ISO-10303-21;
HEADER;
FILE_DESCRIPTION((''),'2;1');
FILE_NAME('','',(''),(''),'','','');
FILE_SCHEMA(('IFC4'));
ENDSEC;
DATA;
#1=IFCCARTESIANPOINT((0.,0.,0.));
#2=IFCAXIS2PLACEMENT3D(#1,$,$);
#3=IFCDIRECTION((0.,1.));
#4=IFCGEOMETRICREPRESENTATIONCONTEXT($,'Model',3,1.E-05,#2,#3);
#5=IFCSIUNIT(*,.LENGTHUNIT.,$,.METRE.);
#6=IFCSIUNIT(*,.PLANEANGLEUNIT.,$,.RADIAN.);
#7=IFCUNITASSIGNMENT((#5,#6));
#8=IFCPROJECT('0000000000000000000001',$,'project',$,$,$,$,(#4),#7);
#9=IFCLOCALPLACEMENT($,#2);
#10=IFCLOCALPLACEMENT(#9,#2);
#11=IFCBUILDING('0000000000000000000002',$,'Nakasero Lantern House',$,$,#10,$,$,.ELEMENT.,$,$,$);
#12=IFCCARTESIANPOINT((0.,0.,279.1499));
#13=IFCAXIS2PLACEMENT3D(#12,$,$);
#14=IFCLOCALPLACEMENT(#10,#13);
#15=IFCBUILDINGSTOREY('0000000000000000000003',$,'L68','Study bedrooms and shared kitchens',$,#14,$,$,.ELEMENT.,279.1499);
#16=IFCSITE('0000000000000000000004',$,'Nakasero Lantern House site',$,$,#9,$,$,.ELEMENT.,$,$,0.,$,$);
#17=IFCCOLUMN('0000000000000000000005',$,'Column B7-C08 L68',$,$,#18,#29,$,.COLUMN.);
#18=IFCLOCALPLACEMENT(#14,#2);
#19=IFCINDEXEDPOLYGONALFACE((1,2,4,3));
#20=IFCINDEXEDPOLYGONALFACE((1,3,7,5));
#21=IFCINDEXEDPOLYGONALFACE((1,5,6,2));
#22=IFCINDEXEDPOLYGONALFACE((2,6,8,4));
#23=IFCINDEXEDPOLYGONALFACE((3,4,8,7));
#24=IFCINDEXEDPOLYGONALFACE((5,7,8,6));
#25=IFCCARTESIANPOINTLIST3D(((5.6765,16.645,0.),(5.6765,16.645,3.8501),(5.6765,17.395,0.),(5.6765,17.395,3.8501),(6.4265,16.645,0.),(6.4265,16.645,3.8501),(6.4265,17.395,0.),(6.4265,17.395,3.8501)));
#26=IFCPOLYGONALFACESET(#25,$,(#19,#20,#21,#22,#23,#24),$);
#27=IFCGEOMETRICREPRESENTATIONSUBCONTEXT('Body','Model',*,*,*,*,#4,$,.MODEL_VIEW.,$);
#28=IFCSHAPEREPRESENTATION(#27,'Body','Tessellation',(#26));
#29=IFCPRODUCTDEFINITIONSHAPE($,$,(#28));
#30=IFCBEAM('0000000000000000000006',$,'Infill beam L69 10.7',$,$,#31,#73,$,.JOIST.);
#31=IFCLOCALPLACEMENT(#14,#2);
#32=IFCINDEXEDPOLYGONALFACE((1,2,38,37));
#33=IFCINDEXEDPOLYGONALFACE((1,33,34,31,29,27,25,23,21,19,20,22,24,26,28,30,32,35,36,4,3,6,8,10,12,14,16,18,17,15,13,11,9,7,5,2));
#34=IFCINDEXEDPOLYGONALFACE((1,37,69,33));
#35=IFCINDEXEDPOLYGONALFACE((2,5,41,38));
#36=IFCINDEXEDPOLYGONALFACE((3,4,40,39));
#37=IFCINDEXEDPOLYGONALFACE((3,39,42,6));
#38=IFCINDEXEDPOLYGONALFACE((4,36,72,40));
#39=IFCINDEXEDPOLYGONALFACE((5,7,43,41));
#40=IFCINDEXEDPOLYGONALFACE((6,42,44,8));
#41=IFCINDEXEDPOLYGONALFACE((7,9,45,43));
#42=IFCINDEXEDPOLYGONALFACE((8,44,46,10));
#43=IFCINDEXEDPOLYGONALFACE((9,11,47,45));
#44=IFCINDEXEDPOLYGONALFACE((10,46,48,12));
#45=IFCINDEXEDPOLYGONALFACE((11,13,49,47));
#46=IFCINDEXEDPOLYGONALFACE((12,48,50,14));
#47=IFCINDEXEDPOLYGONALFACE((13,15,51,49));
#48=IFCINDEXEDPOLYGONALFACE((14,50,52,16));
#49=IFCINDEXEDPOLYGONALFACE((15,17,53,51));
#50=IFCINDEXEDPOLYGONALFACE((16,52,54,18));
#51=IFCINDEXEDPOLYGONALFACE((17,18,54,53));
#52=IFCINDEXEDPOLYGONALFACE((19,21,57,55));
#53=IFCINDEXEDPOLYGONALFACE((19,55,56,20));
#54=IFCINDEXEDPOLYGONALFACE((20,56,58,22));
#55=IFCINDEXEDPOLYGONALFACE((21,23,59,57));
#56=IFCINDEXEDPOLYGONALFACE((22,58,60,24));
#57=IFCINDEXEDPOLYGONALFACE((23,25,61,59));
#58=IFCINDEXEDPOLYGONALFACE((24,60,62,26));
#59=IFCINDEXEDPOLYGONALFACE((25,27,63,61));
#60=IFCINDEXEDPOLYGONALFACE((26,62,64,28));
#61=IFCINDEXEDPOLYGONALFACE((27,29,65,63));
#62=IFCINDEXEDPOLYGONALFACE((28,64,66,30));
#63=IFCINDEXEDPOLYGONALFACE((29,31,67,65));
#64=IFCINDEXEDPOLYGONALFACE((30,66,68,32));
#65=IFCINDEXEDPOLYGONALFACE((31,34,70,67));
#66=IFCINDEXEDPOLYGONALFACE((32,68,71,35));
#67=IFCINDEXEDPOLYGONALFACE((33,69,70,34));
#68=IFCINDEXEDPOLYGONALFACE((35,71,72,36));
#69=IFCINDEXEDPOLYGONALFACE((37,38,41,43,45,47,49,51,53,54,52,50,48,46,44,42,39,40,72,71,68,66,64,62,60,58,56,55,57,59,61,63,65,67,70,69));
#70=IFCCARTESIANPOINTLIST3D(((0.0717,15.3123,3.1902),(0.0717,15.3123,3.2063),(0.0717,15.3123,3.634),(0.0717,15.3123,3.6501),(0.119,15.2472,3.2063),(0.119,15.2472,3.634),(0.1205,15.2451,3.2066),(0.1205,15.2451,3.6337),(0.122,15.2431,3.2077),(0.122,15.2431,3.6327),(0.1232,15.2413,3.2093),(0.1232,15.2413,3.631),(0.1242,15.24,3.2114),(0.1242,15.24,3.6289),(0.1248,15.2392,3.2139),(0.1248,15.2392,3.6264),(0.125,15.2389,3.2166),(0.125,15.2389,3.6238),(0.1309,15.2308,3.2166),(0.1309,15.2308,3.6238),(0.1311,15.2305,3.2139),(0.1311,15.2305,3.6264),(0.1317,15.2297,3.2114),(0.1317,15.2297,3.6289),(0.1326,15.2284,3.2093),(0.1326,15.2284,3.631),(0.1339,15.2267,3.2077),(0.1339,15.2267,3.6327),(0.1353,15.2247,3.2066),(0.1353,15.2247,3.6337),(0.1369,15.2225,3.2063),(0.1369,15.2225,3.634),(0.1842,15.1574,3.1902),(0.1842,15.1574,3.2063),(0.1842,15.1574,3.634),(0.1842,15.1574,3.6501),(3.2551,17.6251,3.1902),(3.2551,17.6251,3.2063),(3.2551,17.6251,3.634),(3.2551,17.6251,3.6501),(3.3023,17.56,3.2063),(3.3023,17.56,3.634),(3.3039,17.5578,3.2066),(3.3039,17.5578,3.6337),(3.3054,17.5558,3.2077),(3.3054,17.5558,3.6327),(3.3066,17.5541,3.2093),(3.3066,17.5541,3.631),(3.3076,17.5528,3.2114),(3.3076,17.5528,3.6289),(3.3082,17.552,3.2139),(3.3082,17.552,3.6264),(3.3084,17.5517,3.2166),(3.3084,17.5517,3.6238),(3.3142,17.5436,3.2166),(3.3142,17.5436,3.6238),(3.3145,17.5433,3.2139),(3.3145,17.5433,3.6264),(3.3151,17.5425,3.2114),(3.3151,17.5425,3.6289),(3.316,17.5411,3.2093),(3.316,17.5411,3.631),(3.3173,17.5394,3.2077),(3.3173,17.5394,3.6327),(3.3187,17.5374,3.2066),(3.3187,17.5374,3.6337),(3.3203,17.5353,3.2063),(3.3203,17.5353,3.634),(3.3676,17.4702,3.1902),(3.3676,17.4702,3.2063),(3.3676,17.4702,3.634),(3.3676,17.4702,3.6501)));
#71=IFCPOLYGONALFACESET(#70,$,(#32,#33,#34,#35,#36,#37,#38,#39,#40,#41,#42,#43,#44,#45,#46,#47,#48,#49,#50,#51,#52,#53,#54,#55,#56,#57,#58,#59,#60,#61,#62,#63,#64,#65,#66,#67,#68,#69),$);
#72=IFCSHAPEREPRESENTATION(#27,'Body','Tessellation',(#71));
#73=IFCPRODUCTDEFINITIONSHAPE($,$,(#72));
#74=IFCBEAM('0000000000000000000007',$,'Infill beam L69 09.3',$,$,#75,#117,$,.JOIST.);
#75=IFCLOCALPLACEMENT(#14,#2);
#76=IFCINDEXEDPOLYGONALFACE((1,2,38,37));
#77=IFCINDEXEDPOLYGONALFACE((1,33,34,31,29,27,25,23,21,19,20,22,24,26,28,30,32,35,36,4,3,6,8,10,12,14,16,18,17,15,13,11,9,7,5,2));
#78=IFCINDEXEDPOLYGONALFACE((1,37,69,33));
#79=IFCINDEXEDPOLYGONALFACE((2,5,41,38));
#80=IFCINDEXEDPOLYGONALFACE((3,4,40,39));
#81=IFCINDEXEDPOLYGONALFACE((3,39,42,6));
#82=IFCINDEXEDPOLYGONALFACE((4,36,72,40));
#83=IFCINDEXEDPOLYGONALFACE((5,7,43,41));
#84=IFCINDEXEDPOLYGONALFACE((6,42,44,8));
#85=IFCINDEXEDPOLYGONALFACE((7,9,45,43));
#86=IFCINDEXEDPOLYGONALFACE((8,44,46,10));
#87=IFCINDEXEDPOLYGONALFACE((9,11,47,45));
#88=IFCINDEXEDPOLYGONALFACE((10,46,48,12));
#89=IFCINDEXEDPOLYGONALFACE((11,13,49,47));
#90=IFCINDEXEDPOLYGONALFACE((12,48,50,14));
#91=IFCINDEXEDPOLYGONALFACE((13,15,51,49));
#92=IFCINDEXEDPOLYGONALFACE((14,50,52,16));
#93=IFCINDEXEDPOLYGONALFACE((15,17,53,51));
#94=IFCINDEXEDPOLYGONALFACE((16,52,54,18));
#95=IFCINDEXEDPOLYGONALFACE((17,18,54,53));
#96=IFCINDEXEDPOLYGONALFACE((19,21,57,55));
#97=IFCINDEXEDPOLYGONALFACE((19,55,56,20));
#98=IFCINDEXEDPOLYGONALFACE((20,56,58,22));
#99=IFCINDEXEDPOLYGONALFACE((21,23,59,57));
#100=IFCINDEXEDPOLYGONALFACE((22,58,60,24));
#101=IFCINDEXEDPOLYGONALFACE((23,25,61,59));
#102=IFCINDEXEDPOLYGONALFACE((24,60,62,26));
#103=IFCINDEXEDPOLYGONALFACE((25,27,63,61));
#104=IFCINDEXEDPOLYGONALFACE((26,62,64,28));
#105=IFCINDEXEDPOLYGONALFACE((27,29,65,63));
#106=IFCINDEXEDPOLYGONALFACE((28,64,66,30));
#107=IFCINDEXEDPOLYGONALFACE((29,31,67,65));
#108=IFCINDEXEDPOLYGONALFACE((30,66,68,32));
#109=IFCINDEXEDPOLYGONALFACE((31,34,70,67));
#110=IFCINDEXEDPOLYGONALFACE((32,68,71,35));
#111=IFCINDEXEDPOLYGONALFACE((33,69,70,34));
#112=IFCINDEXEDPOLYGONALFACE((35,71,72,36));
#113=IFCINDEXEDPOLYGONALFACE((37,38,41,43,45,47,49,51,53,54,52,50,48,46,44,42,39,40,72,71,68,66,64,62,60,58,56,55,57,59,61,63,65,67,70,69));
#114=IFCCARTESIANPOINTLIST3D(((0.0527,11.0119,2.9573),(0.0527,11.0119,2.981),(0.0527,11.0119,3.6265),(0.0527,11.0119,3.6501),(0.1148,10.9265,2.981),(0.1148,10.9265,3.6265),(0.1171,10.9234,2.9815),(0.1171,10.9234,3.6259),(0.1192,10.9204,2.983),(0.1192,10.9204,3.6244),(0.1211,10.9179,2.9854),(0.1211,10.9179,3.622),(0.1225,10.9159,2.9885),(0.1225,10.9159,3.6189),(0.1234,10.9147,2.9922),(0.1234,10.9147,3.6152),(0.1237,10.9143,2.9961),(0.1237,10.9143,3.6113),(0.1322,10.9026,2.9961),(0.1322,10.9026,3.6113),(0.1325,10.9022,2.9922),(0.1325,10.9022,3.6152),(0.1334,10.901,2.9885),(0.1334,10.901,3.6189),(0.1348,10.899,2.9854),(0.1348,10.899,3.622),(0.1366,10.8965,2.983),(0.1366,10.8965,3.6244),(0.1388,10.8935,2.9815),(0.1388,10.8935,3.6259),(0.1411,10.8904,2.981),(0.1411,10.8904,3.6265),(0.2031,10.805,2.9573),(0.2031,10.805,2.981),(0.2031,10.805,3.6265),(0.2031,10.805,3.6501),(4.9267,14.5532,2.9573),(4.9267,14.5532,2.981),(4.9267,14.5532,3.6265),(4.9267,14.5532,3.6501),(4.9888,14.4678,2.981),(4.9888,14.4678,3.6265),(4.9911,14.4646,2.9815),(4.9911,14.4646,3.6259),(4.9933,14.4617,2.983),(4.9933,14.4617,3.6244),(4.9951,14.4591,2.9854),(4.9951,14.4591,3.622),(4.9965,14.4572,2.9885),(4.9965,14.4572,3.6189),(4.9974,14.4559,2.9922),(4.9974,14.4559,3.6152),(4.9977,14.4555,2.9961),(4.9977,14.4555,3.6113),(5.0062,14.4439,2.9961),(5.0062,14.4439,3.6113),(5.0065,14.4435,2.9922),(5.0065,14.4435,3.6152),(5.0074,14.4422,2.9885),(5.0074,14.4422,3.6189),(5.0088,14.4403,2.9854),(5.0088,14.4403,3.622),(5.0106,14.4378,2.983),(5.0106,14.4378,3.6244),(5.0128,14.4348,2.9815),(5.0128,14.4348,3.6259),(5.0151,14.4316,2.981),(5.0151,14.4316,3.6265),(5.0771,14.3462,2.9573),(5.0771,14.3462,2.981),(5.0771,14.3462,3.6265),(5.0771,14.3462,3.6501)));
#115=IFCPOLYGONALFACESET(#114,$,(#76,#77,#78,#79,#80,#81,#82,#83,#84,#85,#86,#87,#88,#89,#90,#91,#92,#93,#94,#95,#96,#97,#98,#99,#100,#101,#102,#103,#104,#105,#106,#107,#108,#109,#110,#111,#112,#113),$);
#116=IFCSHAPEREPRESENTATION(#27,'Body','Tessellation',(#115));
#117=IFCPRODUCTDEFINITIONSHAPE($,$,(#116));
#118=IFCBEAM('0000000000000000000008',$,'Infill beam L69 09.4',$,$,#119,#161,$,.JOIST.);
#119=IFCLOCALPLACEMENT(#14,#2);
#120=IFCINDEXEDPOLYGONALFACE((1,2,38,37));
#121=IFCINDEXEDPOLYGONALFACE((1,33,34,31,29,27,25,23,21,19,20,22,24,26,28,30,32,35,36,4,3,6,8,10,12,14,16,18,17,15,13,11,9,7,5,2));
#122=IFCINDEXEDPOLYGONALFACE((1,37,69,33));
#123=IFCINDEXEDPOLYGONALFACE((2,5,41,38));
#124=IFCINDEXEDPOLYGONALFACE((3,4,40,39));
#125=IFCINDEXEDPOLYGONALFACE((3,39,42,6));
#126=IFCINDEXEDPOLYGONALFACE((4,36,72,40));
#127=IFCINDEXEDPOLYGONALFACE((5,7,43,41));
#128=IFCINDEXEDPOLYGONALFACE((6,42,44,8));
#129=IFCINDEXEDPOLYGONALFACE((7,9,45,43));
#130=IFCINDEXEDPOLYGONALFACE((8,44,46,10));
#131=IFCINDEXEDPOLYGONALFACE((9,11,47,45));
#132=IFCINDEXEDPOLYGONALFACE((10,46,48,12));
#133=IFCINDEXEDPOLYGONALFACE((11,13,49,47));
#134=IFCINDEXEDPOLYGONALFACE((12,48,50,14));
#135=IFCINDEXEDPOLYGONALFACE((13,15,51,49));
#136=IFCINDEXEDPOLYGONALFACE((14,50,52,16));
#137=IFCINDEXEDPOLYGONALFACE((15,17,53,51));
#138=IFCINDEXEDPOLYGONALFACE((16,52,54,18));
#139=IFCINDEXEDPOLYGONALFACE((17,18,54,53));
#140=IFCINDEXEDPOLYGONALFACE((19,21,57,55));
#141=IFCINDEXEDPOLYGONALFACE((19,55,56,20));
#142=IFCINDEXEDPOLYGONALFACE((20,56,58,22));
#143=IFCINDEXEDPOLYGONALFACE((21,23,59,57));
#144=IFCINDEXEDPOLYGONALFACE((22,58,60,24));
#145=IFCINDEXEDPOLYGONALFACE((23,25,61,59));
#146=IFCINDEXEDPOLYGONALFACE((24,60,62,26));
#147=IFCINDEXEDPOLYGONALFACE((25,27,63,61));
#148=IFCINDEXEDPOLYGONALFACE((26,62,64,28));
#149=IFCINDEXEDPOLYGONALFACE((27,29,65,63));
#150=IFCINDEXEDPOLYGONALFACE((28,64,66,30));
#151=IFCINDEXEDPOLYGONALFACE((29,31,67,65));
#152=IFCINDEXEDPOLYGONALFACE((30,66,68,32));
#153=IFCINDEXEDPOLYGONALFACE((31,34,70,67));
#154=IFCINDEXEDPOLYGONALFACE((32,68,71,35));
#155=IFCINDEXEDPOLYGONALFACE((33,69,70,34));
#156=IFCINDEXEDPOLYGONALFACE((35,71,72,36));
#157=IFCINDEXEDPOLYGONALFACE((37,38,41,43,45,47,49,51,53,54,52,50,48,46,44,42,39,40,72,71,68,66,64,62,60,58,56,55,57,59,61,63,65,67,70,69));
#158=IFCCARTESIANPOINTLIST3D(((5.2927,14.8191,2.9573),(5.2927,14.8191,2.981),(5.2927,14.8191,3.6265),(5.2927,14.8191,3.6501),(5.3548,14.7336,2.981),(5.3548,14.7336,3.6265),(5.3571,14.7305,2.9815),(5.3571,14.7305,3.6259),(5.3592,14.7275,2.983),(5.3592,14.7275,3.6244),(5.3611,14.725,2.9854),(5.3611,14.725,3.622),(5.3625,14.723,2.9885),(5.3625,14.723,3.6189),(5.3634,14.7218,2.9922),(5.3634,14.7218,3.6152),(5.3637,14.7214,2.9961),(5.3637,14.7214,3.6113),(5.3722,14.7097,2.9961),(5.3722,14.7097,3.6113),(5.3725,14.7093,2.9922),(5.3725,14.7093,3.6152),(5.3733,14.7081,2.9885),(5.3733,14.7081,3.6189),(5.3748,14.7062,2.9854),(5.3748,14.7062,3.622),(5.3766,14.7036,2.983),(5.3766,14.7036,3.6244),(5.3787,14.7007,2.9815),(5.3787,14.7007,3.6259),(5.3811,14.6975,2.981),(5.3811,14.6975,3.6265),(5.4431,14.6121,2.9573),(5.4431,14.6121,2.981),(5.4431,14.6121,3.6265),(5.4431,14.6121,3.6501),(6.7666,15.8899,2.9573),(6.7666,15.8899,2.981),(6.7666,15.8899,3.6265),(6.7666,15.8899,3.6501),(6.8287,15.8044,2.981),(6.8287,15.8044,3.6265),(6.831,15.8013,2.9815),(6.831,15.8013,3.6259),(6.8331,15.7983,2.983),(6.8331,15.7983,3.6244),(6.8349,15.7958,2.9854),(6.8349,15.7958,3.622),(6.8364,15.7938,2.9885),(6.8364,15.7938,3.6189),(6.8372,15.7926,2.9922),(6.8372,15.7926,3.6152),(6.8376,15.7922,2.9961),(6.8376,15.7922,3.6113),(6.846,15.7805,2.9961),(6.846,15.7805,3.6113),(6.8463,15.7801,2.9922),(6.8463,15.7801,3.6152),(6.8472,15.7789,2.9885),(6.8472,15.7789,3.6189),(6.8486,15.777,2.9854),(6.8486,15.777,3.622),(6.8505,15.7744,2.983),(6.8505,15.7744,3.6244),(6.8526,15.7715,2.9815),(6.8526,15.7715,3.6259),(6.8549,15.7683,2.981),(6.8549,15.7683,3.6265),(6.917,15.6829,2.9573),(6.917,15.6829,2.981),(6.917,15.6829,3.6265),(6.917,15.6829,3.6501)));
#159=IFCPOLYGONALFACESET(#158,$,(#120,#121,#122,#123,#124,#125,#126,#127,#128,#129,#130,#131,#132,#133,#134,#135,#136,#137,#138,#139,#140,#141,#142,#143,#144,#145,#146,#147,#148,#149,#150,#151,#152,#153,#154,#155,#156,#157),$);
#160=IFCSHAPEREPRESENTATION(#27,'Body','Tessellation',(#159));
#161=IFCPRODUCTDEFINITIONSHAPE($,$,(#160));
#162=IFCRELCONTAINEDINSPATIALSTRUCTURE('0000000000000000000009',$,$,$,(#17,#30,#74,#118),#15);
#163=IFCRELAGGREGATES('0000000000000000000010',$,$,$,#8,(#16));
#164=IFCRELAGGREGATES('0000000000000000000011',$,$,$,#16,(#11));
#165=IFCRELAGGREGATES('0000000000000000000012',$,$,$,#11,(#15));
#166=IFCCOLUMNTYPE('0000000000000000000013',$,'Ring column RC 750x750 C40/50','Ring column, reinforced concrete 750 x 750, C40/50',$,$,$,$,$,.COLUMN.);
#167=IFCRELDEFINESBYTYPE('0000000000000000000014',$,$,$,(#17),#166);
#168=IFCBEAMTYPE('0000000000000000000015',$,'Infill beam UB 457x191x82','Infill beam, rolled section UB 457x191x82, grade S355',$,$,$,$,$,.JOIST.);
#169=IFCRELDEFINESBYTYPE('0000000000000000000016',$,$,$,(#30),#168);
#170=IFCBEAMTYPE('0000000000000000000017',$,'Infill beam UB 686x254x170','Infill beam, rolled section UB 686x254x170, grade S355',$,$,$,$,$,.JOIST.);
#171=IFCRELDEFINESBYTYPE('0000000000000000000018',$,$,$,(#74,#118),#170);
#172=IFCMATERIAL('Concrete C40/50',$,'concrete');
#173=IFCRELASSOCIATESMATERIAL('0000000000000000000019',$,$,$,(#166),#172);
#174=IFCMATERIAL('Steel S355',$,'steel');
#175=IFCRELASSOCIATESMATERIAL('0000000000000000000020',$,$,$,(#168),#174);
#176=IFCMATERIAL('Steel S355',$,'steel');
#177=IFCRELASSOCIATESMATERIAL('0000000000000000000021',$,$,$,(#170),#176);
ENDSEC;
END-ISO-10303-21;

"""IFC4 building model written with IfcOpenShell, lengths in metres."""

from ifc_helpers import new_model, si_unit, direction, frame, origin, origin_2d, place, context, subcontext, project, spatial, rectangle, i_section, extrude, material, material_profile, profile_set, type_object, element, save


model = new_model("IFC4")

# Units and contexts
model_context = context("Model", 3, precision=1e-05, world=origin(), true_north=direction((0.0, 1.0)))
body_context = subcontext(model_context, "Body", "Model", "MODEL_VIEW")
ifc_project = project(units=[si_unit("LENGTHUNIT", "METRE"), si_unit("PLANEANGLEUNIT", "RADIAN")], contexts=[model_context])

# Site, building, storey
site_placement = place(None, origin())
site = spatial("IfcSite", under=ifc_project, at=site_placement, Name="Nakasero Lantern House site", CompositionType="ELEMENT", RefElevation=0.0)
building_placement = place(site_placement, origin())
building = spatial("IfcBuilding", under=site, at=building_placement, Name="Nakasero Lantern House", CompositionType="ELEMENT")
storey_placement = place(building_placement, frame((0.0, 0.0, 279.1499)))
storey = spatial("IfcBuildingStorey", under=building, at=storey_placement, Name="L68", Description="Study bedrooms and shared kitchens", CompositionType="ELEMENT", Elevation=279.1499)

# Column
ifc_material_1 = material(Name="Concrete C40/50", Category="concrete")
ifc_material_profile_1 = material_profile(ifc_material_1, rectangle(XDim=0.75, YDim=0.75, at=origin_2d()), Name="RC 750x750")
ifc_profile_set_1 = profile_set([ifc_material_profile_1], Name="Concrete C40/50")
column_type = type_object("IfcColumnType", Name="Ring column RC 750x750 C40/50", Description="Ring column, reinforced concrete 750 x 750, C40/50", PredefinedType="COLUMN", material=ifc_profile_set_1)
column_placement = place(storey_placement, frame((6.0515, 17.02, 0.0), z_axis=(0.0, 0.0, 1.0), x_axis=(1.0, 0.0, 0.0)))
element("IfcColumn", 1, at=column_placement, inside=storey, type_object=column_type, Name="Column B7-C08 L68", PredefinedType="COLUMN", context=body_context, shape_type="SweptSolid", body=[
    extrude(rectangle(XDim=0.75, YDim=0.75, at=origin_2d()), origin(), (0.0, 0.0, 1.0), 3.8501),
])

# Beams
ifc_material_2 = material(Name="Steel S355", Category="steel")
ifc_material_profile_2 = material_profile(ifc_material_2, i_section(OverallWidth=0.1914, OverallDepth=0.46, WebThickness=0.01, FlangeThickness=0.0161, FilletRadius=0.0103, at=origin_2d()), Name="UB 457x191x82")
ifc_profile_set_2 = profile_set([ifc_material_profile_2], Name="Steel S355")
beam_type_1 = type_object("IfcBeamType", Name="Infill beam UB 457x191x82", Description="Infill beam, rolled section UB 457x191x82, grade S355", PredefinedType="JOIST", material=ifc_profile_set_2)
beam_1_placement = place(storey_placement, frame((0.1279, 15.2349, 3.4202), z_axis=(0.809028, 0.587769, 0.0), x_axis=(-0.587769, 0.809028, 0.0)))
element("IfcBeam", 2, at=beam_1_placement, inside=storey, type_object=beam_type_1, Name="Infill beam L69 10.7", PredefinedType="JOIST", context=body_context, shape_type="SweptSolid", body=[
    extrude(i_section(OverallWidth=0.1914, OverallDepth=0.46, WebThickness=0.01, FlangeThickness=0.0161, FilletRadius=0.0103, at=origin_2d()), origin(), (0.0, 0.0, 1.0), 3.9348),
])
ifc_material_3 = material(Name="Steel S355", Category="steel")
ifc_material_profile_3 = material_profile(ifc_material_3, i_section(OverallWidth=0.2559, OverallDepth=0.6929, WebThickness=0.0144, FlangeThickness=0.0237, FilletRadius=0.0151, at=origin_2d()), Name="UB 686x254x170")
ifc_profile_set_3 = profile_set([ifc_material_profile_3], Name="Steel S355")
beam_type_2 = type_object("IfcBeamType", Name="Infill beam UB 686x254x170", Description="Infill beam, rolled section UB 686x254x170, grade S355", PredefinedType="JOIST", material=ifc_profile_set_3)
beam_2_placement = place(storey_placement, frame((0.1279, 10.9084, 3.3037), z_axis=(0.809011, 0.587793, 0.0), x_axis=(-0.587793, 0.809011, 0.0)))
element("IfcBeam", 3, at=beam_2_placement, inside=storey, type_object=beam_type_2, Name="Infill beam L69 09.3", PredefinedType="JOIST", context=body_context, shape_type="SweptSolid", body=[
    extrude(i_section(OverallWidth=0.2559, OverallDepth=0.6929, WebThickness=0.0144, FlangeThickness=0.0237, FilletRadius=0.0151, at=origin_2d()), origin(), (0.0, 0.0, 1.0), 6.0247),
])
beam_3_placement = place(storey_placement, frame((5.3679, 14.7156, 3.3037), z_axis=(0.809026, 0.587773, 0.0), x_axis=(-0.587773, 0.809026, 0.0)))
element("IfcBeam", 4, at=beam_3_placement, inside=storey, type_object=beam_type_2, Name="Infill beam L69 09.4", PredefinedType="JOIST", context=body_context, shape_type="SweptSolid", body=[
    extrude(i_section(OverallWidth=0.2559, OverallDepth=0.6929, WebThickness=0.0144, FlangeThickness=0.0237, FilletRadius=0.0151, at=origin_2d()), origin(), (0.0, 0.0, 1.0), 1.8218),
])

save(model, "model.ifc")
